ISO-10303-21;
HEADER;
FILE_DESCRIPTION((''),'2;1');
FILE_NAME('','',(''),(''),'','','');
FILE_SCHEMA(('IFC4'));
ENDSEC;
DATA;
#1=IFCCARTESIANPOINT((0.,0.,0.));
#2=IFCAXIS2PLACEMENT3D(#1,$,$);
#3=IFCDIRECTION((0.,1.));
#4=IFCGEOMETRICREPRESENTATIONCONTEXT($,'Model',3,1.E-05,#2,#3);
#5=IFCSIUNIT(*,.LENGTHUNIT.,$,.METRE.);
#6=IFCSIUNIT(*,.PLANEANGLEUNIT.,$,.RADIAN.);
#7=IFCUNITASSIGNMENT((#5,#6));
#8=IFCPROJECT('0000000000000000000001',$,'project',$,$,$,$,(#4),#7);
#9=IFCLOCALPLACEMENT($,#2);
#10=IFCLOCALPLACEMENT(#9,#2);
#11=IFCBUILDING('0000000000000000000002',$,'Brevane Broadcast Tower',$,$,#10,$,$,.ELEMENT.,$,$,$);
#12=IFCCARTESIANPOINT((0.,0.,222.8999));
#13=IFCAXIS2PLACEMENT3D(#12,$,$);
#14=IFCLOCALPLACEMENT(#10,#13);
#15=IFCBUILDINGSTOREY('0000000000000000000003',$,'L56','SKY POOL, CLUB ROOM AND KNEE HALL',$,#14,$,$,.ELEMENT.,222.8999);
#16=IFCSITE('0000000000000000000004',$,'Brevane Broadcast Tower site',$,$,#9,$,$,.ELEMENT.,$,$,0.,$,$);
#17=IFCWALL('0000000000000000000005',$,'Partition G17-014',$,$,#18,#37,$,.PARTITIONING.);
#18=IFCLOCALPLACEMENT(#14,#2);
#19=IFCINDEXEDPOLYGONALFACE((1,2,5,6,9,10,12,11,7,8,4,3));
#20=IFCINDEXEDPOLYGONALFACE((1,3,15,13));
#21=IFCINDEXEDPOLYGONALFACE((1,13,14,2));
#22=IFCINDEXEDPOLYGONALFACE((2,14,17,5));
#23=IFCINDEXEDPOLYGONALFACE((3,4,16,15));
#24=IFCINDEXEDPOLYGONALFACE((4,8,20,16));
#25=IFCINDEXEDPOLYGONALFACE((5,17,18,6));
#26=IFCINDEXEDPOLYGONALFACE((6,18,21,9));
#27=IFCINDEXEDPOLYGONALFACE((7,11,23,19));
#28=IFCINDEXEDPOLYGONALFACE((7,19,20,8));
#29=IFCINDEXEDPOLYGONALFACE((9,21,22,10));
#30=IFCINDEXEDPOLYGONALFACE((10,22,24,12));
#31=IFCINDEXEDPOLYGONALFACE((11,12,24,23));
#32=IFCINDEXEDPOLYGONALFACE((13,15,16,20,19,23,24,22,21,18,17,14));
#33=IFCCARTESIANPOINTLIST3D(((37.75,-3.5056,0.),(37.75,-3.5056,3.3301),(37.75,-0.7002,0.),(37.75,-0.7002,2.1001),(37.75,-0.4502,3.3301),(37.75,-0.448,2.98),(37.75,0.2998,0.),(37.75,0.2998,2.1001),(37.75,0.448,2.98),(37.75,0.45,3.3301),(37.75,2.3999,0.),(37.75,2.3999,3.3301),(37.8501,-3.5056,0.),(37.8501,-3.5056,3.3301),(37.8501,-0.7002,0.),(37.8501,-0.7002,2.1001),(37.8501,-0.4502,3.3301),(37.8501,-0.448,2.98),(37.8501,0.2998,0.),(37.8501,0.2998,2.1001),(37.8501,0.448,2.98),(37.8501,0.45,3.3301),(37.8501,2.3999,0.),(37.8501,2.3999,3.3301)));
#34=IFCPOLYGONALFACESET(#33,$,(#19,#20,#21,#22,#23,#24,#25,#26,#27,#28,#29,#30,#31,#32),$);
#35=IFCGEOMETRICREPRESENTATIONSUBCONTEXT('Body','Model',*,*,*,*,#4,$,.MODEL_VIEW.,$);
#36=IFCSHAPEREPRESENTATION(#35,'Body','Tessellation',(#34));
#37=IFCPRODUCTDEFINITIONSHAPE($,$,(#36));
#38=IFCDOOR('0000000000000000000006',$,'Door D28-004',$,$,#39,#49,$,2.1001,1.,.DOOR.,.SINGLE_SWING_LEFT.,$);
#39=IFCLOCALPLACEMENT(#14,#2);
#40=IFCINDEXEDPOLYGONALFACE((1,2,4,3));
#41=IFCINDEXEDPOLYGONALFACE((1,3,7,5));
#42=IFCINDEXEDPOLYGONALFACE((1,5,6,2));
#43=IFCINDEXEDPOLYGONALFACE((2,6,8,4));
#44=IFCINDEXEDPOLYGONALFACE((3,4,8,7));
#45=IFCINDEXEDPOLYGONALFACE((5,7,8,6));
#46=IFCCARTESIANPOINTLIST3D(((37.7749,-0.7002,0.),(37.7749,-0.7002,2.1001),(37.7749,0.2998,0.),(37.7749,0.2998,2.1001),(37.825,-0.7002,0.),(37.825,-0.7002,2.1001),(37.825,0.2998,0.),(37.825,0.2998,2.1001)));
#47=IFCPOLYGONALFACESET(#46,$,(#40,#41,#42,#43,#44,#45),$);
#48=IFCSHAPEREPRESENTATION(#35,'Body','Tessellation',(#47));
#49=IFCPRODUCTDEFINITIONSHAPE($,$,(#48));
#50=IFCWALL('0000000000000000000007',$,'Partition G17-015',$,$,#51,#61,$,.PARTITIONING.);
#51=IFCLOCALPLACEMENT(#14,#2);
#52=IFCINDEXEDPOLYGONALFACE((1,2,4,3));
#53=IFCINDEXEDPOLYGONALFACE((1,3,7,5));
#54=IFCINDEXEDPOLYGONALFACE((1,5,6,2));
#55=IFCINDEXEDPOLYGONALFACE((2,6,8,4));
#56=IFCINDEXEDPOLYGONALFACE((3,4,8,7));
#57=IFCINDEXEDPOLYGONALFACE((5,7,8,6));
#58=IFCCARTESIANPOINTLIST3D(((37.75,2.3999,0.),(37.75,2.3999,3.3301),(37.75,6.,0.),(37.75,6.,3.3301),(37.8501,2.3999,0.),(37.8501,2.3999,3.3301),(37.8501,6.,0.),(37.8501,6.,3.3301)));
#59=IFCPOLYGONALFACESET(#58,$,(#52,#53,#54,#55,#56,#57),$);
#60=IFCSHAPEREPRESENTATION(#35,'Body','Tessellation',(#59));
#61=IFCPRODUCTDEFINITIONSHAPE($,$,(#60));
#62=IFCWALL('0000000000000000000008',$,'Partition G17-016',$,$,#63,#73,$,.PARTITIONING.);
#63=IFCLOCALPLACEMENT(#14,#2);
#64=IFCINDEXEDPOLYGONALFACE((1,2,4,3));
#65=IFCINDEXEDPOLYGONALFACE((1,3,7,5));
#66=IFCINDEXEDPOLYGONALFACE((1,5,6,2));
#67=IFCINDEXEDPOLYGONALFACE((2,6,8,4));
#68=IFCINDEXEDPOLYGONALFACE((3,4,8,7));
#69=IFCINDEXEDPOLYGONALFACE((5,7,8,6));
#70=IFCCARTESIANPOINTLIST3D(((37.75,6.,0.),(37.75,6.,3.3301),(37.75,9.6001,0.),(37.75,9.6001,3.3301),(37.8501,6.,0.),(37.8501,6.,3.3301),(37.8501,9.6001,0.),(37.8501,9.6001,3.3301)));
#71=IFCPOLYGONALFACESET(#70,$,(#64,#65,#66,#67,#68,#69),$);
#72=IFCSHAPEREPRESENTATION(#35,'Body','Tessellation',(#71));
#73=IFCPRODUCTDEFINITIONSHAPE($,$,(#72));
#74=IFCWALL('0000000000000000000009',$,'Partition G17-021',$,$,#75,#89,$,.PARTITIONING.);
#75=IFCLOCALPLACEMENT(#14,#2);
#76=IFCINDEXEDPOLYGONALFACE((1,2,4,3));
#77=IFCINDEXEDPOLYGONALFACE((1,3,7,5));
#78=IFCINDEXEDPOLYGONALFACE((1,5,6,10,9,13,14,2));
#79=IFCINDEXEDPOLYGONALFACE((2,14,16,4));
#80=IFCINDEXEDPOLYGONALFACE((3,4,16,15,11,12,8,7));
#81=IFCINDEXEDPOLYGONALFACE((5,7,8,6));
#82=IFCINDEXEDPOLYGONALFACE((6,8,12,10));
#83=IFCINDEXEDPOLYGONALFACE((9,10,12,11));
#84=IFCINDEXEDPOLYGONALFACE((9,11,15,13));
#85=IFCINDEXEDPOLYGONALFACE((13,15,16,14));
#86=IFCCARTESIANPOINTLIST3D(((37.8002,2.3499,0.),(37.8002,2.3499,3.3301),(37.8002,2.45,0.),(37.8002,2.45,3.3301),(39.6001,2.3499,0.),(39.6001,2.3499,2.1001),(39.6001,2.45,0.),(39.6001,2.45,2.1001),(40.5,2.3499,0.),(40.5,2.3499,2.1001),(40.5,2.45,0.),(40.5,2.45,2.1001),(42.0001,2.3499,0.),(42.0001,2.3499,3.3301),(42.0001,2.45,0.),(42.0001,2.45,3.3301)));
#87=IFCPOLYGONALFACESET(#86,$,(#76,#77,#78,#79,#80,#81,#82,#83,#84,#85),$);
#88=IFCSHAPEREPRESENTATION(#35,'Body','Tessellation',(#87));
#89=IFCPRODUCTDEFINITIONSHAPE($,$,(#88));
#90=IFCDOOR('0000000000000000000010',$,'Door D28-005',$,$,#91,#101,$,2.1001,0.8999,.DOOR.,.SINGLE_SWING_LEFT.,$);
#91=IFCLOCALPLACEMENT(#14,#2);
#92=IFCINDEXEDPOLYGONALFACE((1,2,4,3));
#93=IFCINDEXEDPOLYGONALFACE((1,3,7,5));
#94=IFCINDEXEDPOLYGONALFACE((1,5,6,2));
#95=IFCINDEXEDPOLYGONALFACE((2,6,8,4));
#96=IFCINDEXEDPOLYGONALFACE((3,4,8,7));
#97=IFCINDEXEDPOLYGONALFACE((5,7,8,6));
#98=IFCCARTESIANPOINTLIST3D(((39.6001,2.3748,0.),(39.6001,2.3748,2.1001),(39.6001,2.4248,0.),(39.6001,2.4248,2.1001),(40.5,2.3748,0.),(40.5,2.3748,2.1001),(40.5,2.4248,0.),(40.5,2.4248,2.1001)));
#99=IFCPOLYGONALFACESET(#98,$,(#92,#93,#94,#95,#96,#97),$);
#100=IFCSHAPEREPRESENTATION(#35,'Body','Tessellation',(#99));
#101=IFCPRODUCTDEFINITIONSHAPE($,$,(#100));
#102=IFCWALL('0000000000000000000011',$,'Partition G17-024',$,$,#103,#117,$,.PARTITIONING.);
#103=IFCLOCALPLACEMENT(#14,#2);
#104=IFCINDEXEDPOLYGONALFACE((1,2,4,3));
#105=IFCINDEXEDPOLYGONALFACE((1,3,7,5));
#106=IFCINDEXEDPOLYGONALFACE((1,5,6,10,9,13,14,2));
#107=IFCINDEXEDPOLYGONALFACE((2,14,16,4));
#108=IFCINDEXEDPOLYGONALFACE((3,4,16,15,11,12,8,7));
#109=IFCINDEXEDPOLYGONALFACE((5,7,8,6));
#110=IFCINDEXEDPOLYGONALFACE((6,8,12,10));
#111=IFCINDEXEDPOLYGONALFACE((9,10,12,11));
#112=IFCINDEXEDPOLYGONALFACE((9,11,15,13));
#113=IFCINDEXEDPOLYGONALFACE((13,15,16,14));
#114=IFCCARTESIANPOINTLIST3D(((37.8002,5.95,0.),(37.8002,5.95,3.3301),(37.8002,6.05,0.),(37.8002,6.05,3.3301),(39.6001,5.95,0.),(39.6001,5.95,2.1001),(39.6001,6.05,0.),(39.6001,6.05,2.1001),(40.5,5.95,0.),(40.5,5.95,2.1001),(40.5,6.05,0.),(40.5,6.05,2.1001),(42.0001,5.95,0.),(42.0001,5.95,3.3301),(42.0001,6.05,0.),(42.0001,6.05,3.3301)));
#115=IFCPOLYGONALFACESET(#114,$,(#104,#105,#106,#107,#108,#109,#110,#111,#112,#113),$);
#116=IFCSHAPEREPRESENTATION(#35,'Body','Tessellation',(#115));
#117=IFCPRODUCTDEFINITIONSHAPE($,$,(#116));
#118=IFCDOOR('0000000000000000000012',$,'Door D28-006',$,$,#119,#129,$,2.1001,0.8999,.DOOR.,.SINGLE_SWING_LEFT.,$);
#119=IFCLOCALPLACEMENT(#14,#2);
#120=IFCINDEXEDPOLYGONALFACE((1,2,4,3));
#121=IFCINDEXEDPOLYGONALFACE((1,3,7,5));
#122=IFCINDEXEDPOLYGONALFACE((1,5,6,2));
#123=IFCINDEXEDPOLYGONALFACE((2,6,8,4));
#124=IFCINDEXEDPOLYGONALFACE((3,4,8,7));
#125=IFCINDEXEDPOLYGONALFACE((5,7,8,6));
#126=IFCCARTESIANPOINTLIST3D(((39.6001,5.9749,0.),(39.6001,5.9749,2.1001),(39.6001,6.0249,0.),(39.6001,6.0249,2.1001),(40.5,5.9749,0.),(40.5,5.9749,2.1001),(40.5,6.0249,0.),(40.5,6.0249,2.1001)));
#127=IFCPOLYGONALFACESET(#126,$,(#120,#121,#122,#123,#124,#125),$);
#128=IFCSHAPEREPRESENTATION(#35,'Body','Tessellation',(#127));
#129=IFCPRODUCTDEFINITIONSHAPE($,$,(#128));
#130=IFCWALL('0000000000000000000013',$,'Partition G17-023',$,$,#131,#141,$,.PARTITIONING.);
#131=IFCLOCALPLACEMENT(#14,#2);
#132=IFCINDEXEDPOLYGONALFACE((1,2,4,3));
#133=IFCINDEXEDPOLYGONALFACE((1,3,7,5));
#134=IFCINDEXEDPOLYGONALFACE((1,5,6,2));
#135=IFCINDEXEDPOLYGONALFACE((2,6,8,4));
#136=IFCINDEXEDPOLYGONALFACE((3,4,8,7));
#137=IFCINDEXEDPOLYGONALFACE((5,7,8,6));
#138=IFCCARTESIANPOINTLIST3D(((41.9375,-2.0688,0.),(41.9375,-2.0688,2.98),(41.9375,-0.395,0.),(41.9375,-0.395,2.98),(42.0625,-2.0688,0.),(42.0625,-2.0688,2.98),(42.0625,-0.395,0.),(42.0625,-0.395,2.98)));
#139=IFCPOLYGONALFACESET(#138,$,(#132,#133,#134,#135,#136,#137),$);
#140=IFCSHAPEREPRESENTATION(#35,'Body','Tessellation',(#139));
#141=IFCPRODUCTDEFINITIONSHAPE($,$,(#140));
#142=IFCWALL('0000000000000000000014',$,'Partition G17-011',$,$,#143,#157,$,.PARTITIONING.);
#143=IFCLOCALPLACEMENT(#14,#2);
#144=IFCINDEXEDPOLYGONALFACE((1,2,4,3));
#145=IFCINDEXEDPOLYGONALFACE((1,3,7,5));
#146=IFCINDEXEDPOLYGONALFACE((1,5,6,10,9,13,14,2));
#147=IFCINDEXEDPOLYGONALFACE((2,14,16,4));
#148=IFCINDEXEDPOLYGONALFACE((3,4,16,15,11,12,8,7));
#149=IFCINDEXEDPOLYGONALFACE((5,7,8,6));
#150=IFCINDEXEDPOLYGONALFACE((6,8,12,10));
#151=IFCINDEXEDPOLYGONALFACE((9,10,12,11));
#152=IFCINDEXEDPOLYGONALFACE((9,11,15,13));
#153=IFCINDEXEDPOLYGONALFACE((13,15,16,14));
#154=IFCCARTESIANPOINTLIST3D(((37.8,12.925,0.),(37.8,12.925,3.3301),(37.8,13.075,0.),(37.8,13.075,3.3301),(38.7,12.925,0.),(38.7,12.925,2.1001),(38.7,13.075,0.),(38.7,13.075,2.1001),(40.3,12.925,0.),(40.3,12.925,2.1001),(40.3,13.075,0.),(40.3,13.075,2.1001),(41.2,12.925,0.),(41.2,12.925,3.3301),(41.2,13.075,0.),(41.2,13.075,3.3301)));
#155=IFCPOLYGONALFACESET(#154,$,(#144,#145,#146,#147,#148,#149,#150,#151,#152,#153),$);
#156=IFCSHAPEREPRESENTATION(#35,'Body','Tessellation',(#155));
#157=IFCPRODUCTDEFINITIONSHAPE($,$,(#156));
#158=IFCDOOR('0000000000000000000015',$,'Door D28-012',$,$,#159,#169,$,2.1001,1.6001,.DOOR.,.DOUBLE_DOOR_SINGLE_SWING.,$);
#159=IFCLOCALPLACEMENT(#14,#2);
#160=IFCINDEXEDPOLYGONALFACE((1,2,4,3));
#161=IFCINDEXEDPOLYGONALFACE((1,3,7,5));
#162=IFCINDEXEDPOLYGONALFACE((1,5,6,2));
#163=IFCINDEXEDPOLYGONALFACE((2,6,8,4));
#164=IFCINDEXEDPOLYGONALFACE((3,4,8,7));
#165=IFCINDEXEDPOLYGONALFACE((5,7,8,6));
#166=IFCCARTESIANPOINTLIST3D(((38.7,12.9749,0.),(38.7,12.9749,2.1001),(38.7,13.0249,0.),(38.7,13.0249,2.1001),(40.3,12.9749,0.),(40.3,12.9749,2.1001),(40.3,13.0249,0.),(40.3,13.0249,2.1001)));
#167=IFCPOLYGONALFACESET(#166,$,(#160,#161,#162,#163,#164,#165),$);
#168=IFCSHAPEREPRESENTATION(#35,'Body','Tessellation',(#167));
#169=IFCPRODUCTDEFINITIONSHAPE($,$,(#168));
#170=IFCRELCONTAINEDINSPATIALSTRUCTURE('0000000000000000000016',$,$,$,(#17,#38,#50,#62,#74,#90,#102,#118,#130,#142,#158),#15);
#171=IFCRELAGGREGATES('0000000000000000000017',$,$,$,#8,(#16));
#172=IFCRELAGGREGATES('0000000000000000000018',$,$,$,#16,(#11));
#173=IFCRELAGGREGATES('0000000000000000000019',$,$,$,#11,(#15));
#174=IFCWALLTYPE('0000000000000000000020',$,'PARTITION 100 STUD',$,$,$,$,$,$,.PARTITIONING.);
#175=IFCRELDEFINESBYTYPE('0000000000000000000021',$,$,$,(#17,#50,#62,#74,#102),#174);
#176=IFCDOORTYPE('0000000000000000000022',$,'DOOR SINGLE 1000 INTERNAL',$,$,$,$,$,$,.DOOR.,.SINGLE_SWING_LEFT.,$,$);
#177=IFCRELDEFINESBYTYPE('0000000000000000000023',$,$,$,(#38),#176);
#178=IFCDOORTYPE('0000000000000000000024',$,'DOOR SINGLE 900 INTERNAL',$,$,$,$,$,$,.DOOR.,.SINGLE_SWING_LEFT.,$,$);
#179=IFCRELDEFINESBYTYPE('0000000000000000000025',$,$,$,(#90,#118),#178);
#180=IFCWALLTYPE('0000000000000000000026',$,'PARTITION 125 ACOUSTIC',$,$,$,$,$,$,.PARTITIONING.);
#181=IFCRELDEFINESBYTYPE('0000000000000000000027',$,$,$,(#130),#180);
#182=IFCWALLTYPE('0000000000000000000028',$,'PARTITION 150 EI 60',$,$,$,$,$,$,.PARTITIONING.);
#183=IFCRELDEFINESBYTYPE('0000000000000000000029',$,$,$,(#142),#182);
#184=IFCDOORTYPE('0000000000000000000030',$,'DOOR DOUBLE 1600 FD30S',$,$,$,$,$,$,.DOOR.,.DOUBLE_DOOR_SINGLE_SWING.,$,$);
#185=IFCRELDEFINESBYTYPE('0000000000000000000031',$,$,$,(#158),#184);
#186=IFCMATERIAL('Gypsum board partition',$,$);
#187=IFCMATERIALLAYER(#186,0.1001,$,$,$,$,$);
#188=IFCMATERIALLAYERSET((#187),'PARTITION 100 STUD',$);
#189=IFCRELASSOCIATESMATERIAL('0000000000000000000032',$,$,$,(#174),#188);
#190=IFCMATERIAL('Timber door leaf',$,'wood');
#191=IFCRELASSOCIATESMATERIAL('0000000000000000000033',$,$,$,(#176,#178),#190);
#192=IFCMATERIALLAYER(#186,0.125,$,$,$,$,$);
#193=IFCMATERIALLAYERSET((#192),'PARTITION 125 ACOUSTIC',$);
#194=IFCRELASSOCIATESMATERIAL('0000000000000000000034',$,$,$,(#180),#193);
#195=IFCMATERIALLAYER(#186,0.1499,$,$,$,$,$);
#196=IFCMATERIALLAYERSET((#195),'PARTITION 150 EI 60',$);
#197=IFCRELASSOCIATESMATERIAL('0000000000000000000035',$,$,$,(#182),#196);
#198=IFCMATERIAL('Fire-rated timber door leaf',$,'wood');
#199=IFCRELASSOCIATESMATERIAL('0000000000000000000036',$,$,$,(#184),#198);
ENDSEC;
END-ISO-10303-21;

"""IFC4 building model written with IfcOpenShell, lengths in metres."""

from ifc_helpers import new_model, si_unit, direction, frame, frame_2d, origin, place, context, subcontext, project, spatial, polyline, rectangle, outline, extrude, material, layer, layer_set, type_object, element, fill, save


model = new_model("IFC4")

# Units and contexts
model_context = context("Model", 3, precision=1e-05, world=origin(), true_north=direction((0.0, 1.0)))
body_context = subcontext(model_context, "Body", "Model", "MODEL_VIEW")
ifc_project = project(units=[si_unit("LENGTHUNIT", "METRE"), si_unit("PLANEANGLEUNIT", "RADIAN")], contexts=[model_context])

# Site, building, storey
site_placement = place(None, origin())
site = spatial("IfcSite", under=ifc_project, at=site_placement, Name="Brevane Broadcast Tower site", CompositionType="ELEMENT", RefElevation=0.0)
building_placement = place(site_placement, origin())
building = spatial("IfcBuilding", under=site, at=building_placement, Name="Brevane Broadcast Tower", CompositionType="ELEMENT")
storey_placement = place(building_placement, frame((0.0, 0.0, 222.8999)))
storey = spatial("IfcBuildingStorey", under=building, at=storey_placement, Name="L56", Description="SKY POOL, CLUB ROOM AND KNEE HALL", CompositionType="ELEMENT", Elevation=222.8999)

# Wall, opening, door
ifc_material_1 = material(Name="Gypsum board partition")
ifc_layer_1 = layer(ifc_material_1, 0.1001)
ifc_layer_set_1 = layer_set([ifc_layer_1], Name="PARTITION 100 STUD")
wall_type_1 = type_object("IfcWallType", Name="PARTITION 100 STUD", PredefinedType="PARTITIONING", material=ifc_layer_set_1)
wall_1_placement = place(storey_placement, frame((37.8, 2.3999, 0.0), z_axis=(0.0, 0.0, 1.0), x_axis=(0.0, -1.0, 0.0)))
wall_1 = element("IfcWall", 1, at=wall_1_placement, inside=storey, type_object=wall_type_1, Name="Partition G17-014", PredefinedType="PARTITIONING", context=body_context, shape_type="SweptSolid", body=[
    extrude(outline(polyline([(0.0, 0.0), (5.9055, 0.0), (5.9055, 3.3301), (5.4224, 3.3301), (2.8501, 3.3301), (2.8479, 2.98), (1.9519, 2.98), (1.95, 3.3301), (0.0, 3.3301), (0.0, 0.0)])), frame((0.0, 0.05, 0.0), z_axis=(0.0, -1.0, 0.0), x_axis=(1.0, 0.0, 0.0)), (0.0, 0.0, 1.0), 0.1001),
])
opening_1_placement = place(wall_1_placement, frame((2.1001, 0.0, 0.0)))
opening_1 = element("IfcOpeningElement", 2, at=opening_1_placement, cuts=wall_1, PredefinedType="OPENING", context=body_context, shape_type="SweptSolid", body=[
    extrude(rectangle(XDim=1.0, YDim=2.1001, at=frame_2d((0.5, 1.05))), frame((0.0, 0.0601, 0.0), z_axis=(0.0, -1.0, 0.0), x_axis=(1.0, 0.0, 0.0)), (0.0, 0.0, 1.0), 0.1201),
])
ifc_material_2 = material(Name="Timber door leaf", Category="wood")
door_type_1 = type_object("IfcDoorType", Name="DOOR SINGLE 1000 INTERNAL", OperationType="SINGLE_SWING_LEFT", PredefinedType="DOOR", material=ifc_material_2)
door_1_placement = place(opening_1_placement, origin())
door_1 = element("IfcDoor", 3, at=door_1_placement, inside=storey, type_object=door_type_1, Name="Door D28-004", OperationType="SINGLE_SWING_LEFT", OverallHeight=2.1001, OverallWidth=1.0, PredefinedType="DOOR", context=body_context, shape_type="SweptSolid", body=[
    extrude(rectangle(XDim=1.0, YDim=2.1001, at=frame_2d((0.5, 1.05))), frame((0.0, 0.0249, 0.0), z_axis=(0.0, -1.0, 0.0), x_axis=(1.0, 0.0, 0.0)), (0.0, 0.0, 1.0), 0.05),
])
fill(opening_1, door_1)

# Walls
for number, where, z_axis, x_axis, name in (
    (4, (37.8, 6.0, 0.0), (0.0, 0.0, 1.0), (0.0, -1.0, 0.0), "Partition G17-015"),
    (5, (37.8, 9.6001, 0.0), (0.0, 0.0, 1.0), (0.0, -1.0, 0.0), "Partition G17-016"),
):
    element("IfcWall", number, at=place(storey_placement, frame(where, z_axis=z_axis, x_axis=x_axis)), inside=storey, type_object=wall_type_1, Name=name, PredefinedType="PARTITIONING", context=body_context, shape_type="SweptSolid", body=[
        extrude(rectangle(XDim=3.6001, YDim=0.1001, at=frame_2d((1.8, 0.0))), origin(), (0.0, 0.0, 1.0), 3.3301),
    ])

# Walls, openings, doors
wall_2_placement = place(storey_placement, frame((37.8, 2.3999, 0.0), z_axis=(0.0, 0.0, 1.0), x_axis=(1.0, 0.0, 0.0)))
wall_2 = element("IfcWall", 6, at=wall_2_placement, inside=storey, type_object=wall_type_1, Name="Partition G17-021", PredefinedType="PARTITIONING", context=body_context, shape_type="SweptSolid", body=[
    extrude(rectangle(XDim=4.2, YDim=0.1001, at=frame_2d((2.1001, 0.0))), origin(), (0.0, 0.0, 1.0), 3.3301),
])
opening_2_placement = place(wall_2_placement, frame((1.8, 0.0, 0.0)))
opening_2 = element("IfcOpeningElement", 7, at=opening_2_placement, cuts=wall_2, PredefinedType="OPENING", context=body_context, shape_type="SweptSolid", body=[
    extrude(rectangle(XDim=0.8999, YDim=2.1001, at=frame_2d((0.45, 1.05))), frame((0.0, 0.0601, 0.0), z_axis=(0.0, -1.0, 0.0), x_axis=(1.0, 0.0, 0.0)), (0.0, 0.0, 1.0), 0.1201),
])
door_type_2 = type_object("IfcDoorType", Name="DOOR SINGLE 900 INTERNAL", OperationType="SINGLE_SWING_LEFT", PredefinedType="DOOR", material=ifc_material_2)
door_2_placement = place(opening_2_placement, origin())
door_2 = element("IfcDoor", 8, at=door_2_placement, inside=storey, type_object=door_type_2, Name="Door D28-005", OperationType="SINGLE_SWING_LEFT", OverallHeight=2.1001, OverallWidth=0.8999, PredefinedType="DOOR", context=body_context, shape_type="SweptSolid", body=[
    extrude(rectangle(XDim=0.8999, YDim=2.1001, at=frame_2d((0.45, 1.05))), frame((0.0, 0.0249, 0.0), z_axis=(0.0, -1.0, 0.0), x_axis=(1.0, 0.0, 0.0)), (0.0, 0.0, 1.0), 0.05),
])
fill(opening_2, door_2)
wall_3_placement = place(storey_placement, frame((37.8, 6.0, 0.0), z_axis=(0.0, 0.0, 1.0), x_axis=(1.0, 0.0, 0.0)))
wall_3 = element("IfcWall", 9, at=wall_3_placement, inside=storey, type_object=wall_type_1, Name="Partition G17-024", PredefinedType="PARTITIONING", context=body_context, shape_type="SweptSolid", body=[
    extrude(rectangle(XDim=4.2, YDim=0.1001, at=frame_2d((2.1001, 0.0))), origin(), (0.0, 0.0, 1.0), 3.3301),
])
opening_3_placement = place(wall_3_placement, frame((1.8, 0.0, 0.0)))
opening_3 = element("IfcOpeningElement", 10, at=opening_3_placement, cuts=wall_3, PredefinedType="OPENING", context=body_context, shape_type="SweptSolid", body=[
    extrude(rectangle(XDim=0.8999, YDim=2.1001, at=frame_2d((0.45, 1.05))), frame((0.0, 0.0601, 0.0), z_axis=(0.0, -1.0, 0.0), x_axis=(1.0, 0.0, 0.0)), (0.0, 0.0, 1.0), 0.1201),
])
door_3_placement = place(opening_3_placement, origin())
door_3 = element("IfcDoor", 11, at=door_3_placement, inside=storey, type_object=door_type_2, Name="Door D28-006", OperationType="SINGLE_SWING_LEFT", OverallHeight=2.1001, OverallWidth=0.8999, PredefinedType="DOOR", context=body_context, shape_type="SweptSolid", body=[
    extrude(rectangle(XDim=0.8999, YDim=2.1001, at=frame_2d((0.45, 1.05))), frame((0.0, 0.0249, 0.0), z_axis=(0.0, -1.0, 0.0), x_axis=(1.0, 0.0, 0.0)), (0.0, 0.0, 1.0), 0.05),
])
fill(opening_3, door_3)

# Wall
ifc_layer_2 = layer(ifc_material_1, 0.125)
ifc_layer_set_2 = layer_set([ifc_layer_2], Name="PARTITION 125 ACOUSTIC")
wall_type_2 = type_object("IfcWallType", Name="PARTITION 125 ACOUSTIC", PredefinedType="PARTITIONING", material=ifc_layer_set_2)
wall_4_placement = place(storey_placement, frame((42.0, -0.395, 0.0), z_axis=(0.0, 0.0, 1.0), x_axis=(0.0, -1.0, 0.0)))
element("IfcWall", 12, at=wall_4_placement, inside=storey, type_object=wall_type_2, Name="Partition G17-023", PredefinedType="PARTITIONING", context=body_context, shape_type="SweptSolid", body=[
    extrude(rectangle(XDim=1.6738, YDim=0.125, at=frame_2d((0.8369, 0.0))), origin(), (0.0, 0.0, 1.0), 2.98),
])

# Wall, opening, door
ifc_layer_3 = layer(ifc_material_1, 0.1499)
ifc_layer_set_3 = layer_set([ifc_layer_3], Name="PARTITION 150 EI 60")
wall_type_3 = type_object("IfcWallType", Name="PARTITION 150 EI 60", PredefinedType="PARTITIONING", material=ifc_layer_set_3)
ifc_material_3 = material(Name="Fire-rated timber door leaf", Category="wood")
wall_5_placement = place(storey_placement, frame((37.8, 13.0, 0.0), z_axis=(0.0, 0.0, 1.0), x_axis=(1.0, 0.0, 0.0)))
wall_5 = element("IfcWall", 13, at=wall_5_placement, inside=storey, type_object=wall_type_3, Name="Partition G17-011", PredefinedType="PARTITIONING", context=body_context, shape_type="SweptSolid", body=[
    extrude(rectangle(XDim=3.3999, YDim=0.1499, at=frame_2d((1.7, 0.0))), origin(), (0.0, 0.0, 1.0), 3.3301),
])
opening_4_placement = place(wall_5_placement, frame((0.8999, 0.0, 0.0)))
opening_4 = element("IfcOpeningElement", 14, at=opening_4_placement, cuts=wall_5, PredefinedType="OPENING", context=body_context, shape_type="SweptSolid", body=[
    extrude(rectangle(XDim=1.6001, YDim=2.1001, at=frame_2d((0.8, 1.05))), frame((0.0, 0.085, 0.0), z_axis=(0.0, -1.0, 0.0), x_axis=(1.0, 0.0, 0.0)), (0.0, 0.0, 1.0), 0.1699),
])
door_type_3 = type_object("IfcDoorType", Name="DOOR DOUBLE 1600 FD30S", OperationType="DOUBLE_DOOR_SINGLE_SWING", PredefinedType="DOOR", material=ifc_material_3)
door_4_placement = place(opening_4_placement, origin())
door_4 = element("IfcDoor", 15, at=door_4_placement, inside=storey, type_object=door_type_3, Name="Door D28-012", OperationType="DOUBLE_DOOR_SINGLE_SWING", OverallHeight=2.1001, OverallWidth=1.6001, PredefinedType="DOOR", context=body_context, shape_type="SweptSolid", body=[
    extrude(rectangle(XDim=1.6001, YDim=2.1001, at=frame_2d((0.8, 1.05))), frame((0.0, 0.0249, 0.0), z_axis=(0.0, -1.0, 0.0), x_axis=(1.0, 0.0, 0.0)), (0.0, 0.0, 1.0), 0.05),
])
fill(opening_4, door_4)

save(model, "model.ifc")
